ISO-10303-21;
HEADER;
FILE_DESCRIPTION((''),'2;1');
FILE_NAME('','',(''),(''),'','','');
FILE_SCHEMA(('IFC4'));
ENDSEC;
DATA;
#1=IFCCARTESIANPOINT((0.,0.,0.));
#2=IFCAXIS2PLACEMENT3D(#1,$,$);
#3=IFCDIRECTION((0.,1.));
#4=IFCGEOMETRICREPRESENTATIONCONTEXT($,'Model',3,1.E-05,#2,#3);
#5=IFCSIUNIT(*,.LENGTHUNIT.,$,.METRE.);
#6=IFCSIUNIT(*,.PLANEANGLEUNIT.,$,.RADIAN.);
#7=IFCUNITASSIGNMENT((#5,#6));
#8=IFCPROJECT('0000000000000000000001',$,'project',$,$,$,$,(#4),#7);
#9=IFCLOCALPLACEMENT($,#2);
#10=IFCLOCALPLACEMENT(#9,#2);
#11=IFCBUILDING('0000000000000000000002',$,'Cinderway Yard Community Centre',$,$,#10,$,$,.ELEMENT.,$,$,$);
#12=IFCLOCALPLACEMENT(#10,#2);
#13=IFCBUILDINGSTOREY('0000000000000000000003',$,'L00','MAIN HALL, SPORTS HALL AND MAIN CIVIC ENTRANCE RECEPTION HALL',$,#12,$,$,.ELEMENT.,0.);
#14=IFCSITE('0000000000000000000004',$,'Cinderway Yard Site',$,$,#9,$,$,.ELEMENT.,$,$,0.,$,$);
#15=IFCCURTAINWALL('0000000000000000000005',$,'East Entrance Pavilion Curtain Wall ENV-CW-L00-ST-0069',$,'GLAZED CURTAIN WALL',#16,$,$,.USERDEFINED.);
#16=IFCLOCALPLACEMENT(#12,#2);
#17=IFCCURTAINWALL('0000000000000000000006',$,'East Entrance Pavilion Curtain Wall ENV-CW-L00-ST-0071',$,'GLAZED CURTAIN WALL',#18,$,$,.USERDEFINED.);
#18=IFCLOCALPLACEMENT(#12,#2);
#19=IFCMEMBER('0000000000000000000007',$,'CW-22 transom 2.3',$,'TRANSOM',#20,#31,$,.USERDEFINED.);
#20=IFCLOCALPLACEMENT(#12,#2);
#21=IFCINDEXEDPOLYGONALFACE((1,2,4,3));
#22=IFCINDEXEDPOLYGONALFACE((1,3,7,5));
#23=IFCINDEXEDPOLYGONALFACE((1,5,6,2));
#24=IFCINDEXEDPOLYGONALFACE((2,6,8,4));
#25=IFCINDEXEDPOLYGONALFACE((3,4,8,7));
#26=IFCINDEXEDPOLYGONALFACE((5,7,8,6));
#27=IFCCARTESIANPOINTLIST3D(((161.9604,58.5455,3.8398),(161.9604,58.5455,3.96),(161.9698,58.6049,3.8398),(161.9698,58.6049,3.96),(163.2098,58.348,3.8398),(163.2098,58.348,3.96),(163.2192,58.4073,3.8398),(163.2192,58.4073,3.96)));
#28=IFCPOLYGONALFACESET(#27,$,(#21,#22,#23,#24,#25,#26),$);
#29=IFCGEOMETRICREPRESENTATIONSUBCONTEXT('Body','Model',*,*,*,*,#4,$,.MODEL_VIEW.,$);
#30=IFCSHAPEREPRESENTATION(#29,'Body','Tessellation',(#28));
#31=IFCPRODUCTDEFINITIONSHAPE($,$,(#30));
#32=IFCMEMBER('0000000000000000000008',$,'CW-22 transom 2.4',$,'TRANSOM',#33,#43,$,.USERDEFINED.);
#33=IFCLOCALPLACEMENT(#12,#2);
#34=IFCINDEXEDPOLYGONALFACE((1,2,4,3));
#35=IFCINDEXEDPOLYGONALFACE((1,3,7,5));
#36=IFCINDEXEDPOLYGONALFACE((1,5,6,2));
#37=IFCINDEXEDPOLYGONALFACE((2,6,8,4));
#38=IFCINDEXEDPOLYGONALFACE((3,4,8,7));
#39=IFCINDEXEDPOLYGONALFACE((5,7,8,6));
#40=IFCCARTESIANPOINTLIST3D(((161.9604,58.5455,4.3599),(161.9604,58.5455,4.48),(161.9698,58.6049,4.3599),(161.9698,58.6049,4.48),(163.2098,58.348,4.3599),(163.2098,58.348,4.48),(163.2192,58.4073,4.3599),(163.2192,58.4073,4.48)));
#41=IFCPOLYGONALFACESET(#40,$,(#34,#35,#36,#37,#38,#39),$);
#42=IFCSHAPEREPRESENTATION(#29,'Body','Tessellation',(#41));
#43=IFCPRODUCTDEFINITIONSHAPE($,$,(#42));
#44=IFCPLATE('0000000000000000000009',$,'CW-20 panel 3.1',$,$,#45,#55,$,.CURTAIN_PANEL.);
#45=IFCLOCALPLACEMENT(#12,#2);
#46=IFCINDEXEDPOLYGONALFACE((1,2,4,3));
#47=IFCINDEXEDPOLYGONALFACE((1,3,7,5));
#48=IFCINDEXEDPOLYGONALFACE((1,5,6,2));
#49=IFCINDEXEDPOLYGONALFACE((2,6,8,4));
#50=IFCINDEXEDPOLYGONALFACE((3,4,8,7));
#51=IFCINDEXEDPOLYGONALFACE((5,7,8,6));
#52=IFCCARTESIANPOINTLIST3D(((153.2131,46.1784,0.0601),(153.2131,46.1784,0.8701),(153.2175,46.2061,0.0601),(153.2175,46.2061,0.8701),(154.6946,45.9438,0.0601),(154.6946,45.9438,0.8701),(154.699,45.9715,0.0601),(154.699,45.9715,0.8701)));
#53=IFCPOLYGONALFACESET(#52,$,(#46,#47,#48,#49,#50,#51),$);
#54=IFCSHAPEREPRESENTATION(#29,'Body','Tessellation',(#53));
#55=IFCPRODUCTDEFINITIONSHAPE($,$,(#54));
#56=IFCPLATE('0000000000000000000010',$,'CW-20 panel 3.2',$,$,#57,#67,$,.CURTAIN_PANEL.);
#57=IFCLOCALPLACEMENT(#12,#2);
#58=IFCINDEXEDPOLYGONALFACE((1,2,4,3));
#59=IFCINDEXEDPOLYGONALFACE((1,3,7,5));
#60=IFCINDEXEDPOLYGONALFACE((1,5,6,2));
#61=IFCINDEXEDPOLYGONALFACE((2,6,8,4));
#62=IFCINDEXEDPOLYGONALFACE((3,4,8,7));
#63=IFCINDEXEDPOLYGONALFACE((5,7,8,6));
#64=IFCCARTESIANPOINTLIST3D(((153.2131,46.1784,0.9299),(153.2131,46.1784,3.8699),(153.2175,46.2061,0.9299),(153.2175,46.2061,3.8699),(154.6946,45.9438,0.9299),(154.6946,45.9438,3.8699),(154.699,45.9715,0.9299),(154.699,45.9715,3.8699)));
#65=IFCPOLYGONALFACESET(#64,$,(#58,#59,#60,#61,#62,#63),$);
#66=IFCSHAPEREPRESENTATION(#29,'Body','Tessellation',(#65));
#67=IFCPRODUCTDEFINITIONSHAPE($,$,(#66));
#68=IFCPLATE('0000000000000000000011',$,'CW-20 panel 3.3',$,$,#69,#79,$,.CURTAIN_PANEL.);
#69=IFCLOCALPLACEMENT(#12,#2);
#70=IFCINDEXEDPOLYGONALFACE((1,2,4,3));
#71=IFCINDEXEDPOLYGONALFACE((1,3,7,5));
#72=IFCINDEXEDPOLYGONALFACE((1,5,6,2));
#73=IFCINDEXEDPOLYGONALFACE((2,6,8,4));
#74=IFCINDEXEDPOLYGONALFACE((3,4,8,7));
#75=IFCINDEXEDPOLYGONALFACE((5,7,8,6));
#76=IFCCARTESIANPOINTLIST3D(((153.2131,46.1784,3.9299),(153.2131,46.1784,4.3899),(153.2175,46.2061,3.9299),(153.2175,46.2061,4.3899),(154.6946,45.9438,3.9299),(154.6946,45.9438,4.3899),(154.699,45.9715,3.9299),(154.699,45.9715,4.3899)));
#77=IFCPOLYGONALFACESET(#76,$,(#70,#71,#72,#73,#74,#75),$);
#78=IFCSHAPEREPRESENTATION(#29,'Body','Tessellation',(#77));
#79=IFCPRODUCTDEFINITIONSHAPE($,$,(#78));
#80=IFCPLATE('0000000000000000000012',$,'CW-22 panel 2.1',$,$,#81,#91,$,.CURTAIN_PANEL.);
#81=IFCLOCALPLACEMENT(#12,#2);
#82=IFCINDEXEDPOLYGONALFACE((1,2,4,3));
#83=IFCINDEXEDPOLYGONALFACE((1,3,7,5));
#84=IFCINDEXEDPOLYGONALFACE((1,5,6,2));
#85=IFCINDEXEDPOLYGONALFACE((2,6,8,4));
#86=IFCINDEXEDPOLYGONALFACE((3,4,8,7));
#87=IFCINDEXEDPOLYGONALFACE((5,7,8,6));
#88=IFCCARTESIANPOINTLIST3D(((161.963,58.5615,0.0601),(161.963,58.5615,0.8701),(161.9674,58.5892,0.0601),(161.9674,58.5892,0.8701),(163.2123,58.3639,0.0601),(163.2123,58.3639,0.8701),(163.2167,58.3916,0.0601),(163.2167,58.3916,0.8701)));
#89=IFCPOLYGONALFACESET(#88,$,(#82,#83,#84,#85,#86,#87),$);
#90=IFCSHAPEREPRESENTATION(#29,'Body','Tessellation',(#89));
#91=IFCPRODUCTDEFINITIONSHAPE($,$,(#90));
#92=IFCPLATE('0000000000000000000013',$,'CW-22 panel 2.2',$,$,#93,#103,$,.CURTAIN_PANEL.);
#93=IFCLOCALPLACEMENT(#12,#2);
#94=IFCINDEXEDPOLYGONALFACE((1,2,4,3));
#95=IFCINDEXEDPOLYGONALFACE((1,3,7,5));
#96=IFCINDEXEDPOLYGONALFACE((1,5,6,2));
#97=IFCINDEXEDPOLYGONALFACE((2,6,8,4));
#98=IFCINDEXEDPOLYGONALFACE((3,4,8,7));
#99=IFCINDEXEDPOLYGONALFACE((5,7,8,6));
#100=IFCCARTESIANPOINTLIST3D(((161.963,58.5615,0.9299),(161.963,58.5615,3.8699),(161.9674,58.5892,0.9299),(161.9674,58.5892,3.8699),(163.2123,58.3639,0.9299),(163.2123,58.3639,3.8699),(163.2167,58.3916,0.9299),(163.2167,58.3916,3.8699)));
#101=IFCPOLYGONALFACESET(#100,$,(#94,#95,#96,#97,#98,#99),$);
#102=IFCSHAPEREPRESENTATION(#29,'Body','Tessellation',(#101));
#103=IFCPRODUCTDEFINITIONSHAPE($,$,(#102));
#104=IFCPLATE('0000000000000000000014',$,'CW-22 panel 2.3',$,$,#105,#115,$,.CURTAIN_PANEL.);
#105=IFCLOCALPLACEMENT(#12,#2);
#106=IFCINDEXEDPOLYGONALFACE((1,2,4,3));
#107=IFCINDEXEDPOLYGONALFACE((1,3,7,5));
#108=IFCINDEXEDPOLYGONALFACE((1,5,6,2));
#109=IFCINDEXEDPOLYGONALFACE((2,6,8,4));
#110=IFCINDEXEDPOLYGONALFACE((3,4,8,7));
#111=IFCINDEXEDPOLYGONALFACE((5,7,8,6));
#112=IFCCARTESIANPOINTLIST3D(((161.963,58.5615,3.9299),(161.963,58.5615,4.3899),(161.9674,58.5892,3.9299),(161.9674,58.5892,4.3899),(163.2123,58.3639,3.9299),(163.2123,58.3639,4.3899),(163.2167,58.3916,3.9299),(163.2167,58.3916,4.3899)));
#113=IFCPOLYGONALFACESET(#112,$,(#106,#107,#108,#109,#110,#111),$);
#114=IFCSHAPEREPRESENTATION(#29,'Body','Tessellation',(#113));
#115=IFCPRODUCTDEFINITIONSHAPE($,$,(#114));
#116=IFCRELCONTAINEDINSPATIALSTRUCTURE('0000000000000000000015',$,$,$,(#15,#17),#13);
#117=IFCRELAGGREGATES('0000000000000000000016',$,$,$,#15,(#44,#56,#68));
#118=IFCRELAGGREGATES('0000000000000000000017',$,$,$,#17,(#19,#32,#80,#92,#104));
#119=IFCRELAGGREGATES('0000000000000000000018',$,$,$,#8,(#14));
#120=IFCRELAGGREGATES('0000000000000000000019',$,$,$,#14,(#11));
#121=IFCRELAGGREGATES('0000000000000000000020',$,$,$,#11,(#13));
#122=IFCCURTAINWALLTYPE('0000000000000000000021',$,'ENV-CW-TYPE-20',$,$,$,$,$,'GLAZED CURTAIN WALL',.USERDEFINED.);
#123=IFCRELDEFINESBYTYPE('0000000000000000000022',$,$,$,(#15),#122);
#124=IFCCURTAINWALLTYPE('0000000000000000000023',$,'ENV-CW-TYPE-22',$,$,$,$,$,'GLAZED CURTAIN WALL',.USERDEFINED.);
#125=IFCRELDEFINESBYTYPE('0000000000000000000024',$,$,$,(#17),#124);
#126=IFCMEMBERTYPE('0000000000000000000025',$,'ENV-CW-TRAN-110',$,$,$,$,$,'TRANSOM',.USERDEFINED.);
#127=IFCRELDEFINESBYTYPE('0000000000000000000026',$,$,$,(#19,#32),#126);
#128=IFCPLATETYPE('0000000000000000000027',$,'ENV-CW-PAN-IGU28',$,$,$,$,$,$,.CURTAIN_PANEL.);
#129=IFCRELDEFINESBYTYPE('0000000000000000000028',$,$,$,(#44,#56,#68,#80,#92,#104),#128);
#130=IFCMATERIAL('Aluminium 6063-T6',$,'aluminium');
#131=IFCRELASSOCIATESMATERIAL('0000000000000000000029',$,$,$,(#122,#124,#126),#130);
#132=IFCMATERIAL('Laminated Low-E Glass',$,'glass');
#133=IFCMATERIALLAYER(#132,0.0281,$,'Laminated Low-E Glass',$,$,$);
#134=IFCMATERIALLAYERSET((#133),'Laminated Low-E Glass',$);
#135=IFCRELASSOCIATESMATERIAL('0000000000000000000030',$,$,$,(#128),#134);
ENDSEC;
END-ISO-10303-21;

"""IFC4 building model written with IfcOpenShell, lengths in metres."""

from ifc_helpers import new_model, si_unit, direction, frame, origin, origin_2d, place, context, subcontext, project, spatial, rectangle, extrude, material, layer, layer_set, material_profile, profile_set, type_object, element, aggregate, save


model = new_model("IFC4")

# Units and contexts
model_context = context("Model", 3, precision=1e-05, world=origin(), true_north=direction((0.0, 1.0)))
body_context = subcontext(model_context, "Body", "Model", "MODEL_VIEW")
ifc_project = project(units=[si_unit("LENGTHUNIT", "METRE"), si_unit("PLANEANGLEUNIT", "RADIAN")], contexts=[model_context])

# Site, building, storey
site_placement = place(None, origin())
site = spatial("IfcSite", under=ifc_project, at=site_placement, Name="Cinderway Yard Site", CompositionType="ELEMENT", RefElevation=0.0)
building_placement = place(site_placement, origin())
building = spatial("IfcBuilding", under=site, at=building_placement, Name="Cinderway Yard Community Centre", CompositionType="ELEMENT")
storey_placement = place(building_placement, origin())
storey = spatial("IfcBuildingStorey", under=building, at=storey_placement, Name="L00", Description="MAIN HALL, SPORTS HALL AND MAIN CIVIC ENTRANCE RECEPTION HALL", CompositionType="ELEMENT", Elevation=0.0)

# Curtain wall
ifc_material_1 = material(Name="Aluminium 6063-T6", Category="aluminium")
curtain_wall_type_1 = type_object("IfcCurtainWallType", Name="ENV-CW-TYPE-20", ElementType="GLAZED CURTAIN WALL", PredefinedType="USERDEFINED", material=ifc_material_1)
curtain_wall_1_placement = place(storey_placement, origin())
curtain_wall_1 = element("IfcCurtainWall", 1, at=curtain_wall_1_placement, inside=storey, type_object=curtain_wall_type_1, Name="East Entrance Pavilion Curtain Wall ENV-CW-L00-ST-0069", ObjectType="GLAZED CURTAIN WALL", PredefinedType="USERDEFINED")

# Curtain wall
curtain_wall_type_2 = type_object("IfcCurtainWallType", Name="ENV-CW-TYPE-22", ElementType="GLAZED CURTAIN WALL", PredefinedType="USERDEFINED", material=ifc_material_1)
curtain_wall_2_placement = place(storey_placement, origin())
curtain_wall_2 = element("IfcCurtainWall", 2, at=curtain_wall_2_placement, inside=storey, type_object=curtain_wall_type_2, Name="East Entrance Pavilion Curtain Wall ENV-CW-L00-ST-0071", ObjectType="GLAZED CURTAIN WALL", PredefinedType="USERDEFINED")

# Members
ifc_material_profile_1 = material_profile(ifc_material_1, rectangle(XDim=0.0601, YDim=0.1201, at=origin_2d()), Name="Aluminium 6063-T6")
ifc_profile_set_1 = profile_set([ifc_material_profile_1], Name="Aluminium 6063-T6")
member_type_1 = type_object("IfcMemberType", Name="ENV-CW-TRAN-110", ElementType="TRANSOM", PredefinedType="USERDEFINED", material=ifc_profile_set_1)
member_1_placement = place(storey_placement, frame((161.9651, 58.5752, 3.8999), z_axis=(0.987732, -0.156161, 0.0), x_axis=(0.156161, 0.987732, 0.0)))
member_1 = element("IfcMember", 3, at=member_1_placement, type_object=member_type_1, Name="CW-22 transom 2.3", ObjectType="TRANSOM", PredefinedType="USERDEFINED", context=body_context, shape_type="SweptSolid", body=[
    extrude(rectangle(XDim=0.0601, YDim=0.1201, at=origin_2d()), origin(), (0.0, 0.0, 1.0), 1.2649),
])
member_2_placement = place(storey_placement, frame((161.9651, 58.5752, 4.4199), z_axis=(0.987732, -0.156161, 0.0), x_axis=(0.156161, 0.987732, 0.0)))
member_2 = element("IfcMember", 4, at=member_2_placement, type_object=member_type_1, Name="CW-22 transom 2.4", ObjectType="TRANSOM", PredefinedType="USERDEFINED", context=body_context, shape_type="SweptSolid", body=[
    extrude(rectangle(XDim=0.0601, YDim=0.1201, at=origin_2d()), origin(), (0.0, 0.0, 1.0), 1.2649),
])

# Plates
ifc_material_2 = material(Name="Laminated Low-E Glass", Category="glass")
ifc_layer = layer(ifc_material_2, 0.0281, Name="Laminated Low-E Glass")
ifc_layer_set = layer_set([ifc_layer], Name="Laminated Low-E Glass")
plate_type = type_object("IfcPlateType", Name="ENV-CW-PAN-IGU28", PredefinedType="CURTAIN_PANEL", material=ifc_layer_set)
plate_1_placement = place(storey_placement, frame((153.9561, 46.075, 0.0601), z_axis=(0.0, 0.0, 1.0), x_axis=(0.987692, -0.15641, 0.0)))
plate_1 = element("IfcPlate", 5, at=plate_1_placement, type_object=plate_type, Name="CW-20 panel 3.1", PredefinedType="CURTAIN_PANEL", context=body_context, shape_type="SweptSolid", body=[
    extrude(rectangle(XDim=1.5, YDim=0.0281, at=origin_2d()), origin(), (0.0, 0.0, 1.0), 0.8101),
])
plate_2_placement = place(storey_placement, frame((153.9561, 46.075, 0.9299), z_axis=(0.0, 0.0, 1.0), x_axis=(0.987692, -0.15641, 0.0)))
plate_2 = element("IfcPlate", 6, at=plate_2_placement, type_object=plate_type, Name="CW-20 panel 3.2", PredefinedType="CURTAIN_PANEL", context=body_context, shape_type="SweptSolid", body=[
    extrude(rectangle(XDim=1.5, YDim=0.0281, at=origin_2d()), origin(), (0.0, 0.0, 1.0), 2.9399),
])
plate_3_placement = place(storey_placement, frame((153.9561, 46.075, 3.9299), z_axis=(0.0, 0.0, 1.0), x_axis=(0.987692, -0.15641, 0.0)))
plate_3 = element("IfcPlate", 7, at=plate_3_placement, type_object=plate_type, Name="CW-20 panel 3.3", PredefinedType="CURTAIN_PANEL", context=body_context, shape_type="SweptSolid", body=[
    extrude(rectangle(XDim=1.5, YDim=0.0281, at=origin_2d()), origin(), (0.0, 0.0, 1.0), 0.46),
])
aggregate(curtain_wall_1, [plate_1, plate_2, plate_3])
plate_4_placement = place(storey_placement, frame((162.5898, 58.4766, 0.0601), z_axis=(0.0, 0.0, 1.0), x_axis=(0.987717, -0.156253, 0.0)))
plate_4 = element("IfcPlate", 8, at=plate_4_placement, type_object=plate_type, Name="CW-22 panel 2.1", PredefinedType="CURTAIN_PANEL", context=body_context, shape_type="SweptSolid", body=[
    extrude(rectangle(XDim=1.2649, YDim=0.0281, at=origin_2d()), origin(), (0.0, 0.0, 1.0), 0.8101),
])
plate_5_placement = place(storey_placement, frame((162.5898, 58.4766, 0.9299), z_axis=(0.0, 0.0, 1.0), x_axis=(0.987717, -0.156253, 0.0)))
plate_5 = element("IfcPlate", 9, at=plate_5_placement, type_object=plate_type, Name="CW-22 panel 2.2", PredefinedType="CURTAIN_PANEL", context=body_context, shape_type="SweptSolid", body=[
    extrude(rectangle(XDim=1.2649, YDim=0.0281, at=origin_2d()), origin(), (0.0, 0.0, 1.0), 2.9399),
])
plate_6_placement = place(storey_placement, frame((162.5898, 58.4766, 3.9299), z_axis=(0.0, 0.0, 1.0), x_axis=(0.987717, -0.156253, 0.0)))
plate_6 = element("IfcPlate", 10, at=plate_6_placement, type_object=plate_type, Name="CW-22 panel 2.3", PredefinedType="CURTAIN_PANEL", context=body_context, shape_type="SweptSolid", body=[
    extrude(rectangle(XDim=1.2649, YDim=0.0281, at=origin_2d()), origin(), (0.0, 0.0, 1.0), 0.46),
])
aggregate(curtain_wall_2, [member_1, member_2, plate_4, plate_5, plate_6])

save(model, "model.ifc")
